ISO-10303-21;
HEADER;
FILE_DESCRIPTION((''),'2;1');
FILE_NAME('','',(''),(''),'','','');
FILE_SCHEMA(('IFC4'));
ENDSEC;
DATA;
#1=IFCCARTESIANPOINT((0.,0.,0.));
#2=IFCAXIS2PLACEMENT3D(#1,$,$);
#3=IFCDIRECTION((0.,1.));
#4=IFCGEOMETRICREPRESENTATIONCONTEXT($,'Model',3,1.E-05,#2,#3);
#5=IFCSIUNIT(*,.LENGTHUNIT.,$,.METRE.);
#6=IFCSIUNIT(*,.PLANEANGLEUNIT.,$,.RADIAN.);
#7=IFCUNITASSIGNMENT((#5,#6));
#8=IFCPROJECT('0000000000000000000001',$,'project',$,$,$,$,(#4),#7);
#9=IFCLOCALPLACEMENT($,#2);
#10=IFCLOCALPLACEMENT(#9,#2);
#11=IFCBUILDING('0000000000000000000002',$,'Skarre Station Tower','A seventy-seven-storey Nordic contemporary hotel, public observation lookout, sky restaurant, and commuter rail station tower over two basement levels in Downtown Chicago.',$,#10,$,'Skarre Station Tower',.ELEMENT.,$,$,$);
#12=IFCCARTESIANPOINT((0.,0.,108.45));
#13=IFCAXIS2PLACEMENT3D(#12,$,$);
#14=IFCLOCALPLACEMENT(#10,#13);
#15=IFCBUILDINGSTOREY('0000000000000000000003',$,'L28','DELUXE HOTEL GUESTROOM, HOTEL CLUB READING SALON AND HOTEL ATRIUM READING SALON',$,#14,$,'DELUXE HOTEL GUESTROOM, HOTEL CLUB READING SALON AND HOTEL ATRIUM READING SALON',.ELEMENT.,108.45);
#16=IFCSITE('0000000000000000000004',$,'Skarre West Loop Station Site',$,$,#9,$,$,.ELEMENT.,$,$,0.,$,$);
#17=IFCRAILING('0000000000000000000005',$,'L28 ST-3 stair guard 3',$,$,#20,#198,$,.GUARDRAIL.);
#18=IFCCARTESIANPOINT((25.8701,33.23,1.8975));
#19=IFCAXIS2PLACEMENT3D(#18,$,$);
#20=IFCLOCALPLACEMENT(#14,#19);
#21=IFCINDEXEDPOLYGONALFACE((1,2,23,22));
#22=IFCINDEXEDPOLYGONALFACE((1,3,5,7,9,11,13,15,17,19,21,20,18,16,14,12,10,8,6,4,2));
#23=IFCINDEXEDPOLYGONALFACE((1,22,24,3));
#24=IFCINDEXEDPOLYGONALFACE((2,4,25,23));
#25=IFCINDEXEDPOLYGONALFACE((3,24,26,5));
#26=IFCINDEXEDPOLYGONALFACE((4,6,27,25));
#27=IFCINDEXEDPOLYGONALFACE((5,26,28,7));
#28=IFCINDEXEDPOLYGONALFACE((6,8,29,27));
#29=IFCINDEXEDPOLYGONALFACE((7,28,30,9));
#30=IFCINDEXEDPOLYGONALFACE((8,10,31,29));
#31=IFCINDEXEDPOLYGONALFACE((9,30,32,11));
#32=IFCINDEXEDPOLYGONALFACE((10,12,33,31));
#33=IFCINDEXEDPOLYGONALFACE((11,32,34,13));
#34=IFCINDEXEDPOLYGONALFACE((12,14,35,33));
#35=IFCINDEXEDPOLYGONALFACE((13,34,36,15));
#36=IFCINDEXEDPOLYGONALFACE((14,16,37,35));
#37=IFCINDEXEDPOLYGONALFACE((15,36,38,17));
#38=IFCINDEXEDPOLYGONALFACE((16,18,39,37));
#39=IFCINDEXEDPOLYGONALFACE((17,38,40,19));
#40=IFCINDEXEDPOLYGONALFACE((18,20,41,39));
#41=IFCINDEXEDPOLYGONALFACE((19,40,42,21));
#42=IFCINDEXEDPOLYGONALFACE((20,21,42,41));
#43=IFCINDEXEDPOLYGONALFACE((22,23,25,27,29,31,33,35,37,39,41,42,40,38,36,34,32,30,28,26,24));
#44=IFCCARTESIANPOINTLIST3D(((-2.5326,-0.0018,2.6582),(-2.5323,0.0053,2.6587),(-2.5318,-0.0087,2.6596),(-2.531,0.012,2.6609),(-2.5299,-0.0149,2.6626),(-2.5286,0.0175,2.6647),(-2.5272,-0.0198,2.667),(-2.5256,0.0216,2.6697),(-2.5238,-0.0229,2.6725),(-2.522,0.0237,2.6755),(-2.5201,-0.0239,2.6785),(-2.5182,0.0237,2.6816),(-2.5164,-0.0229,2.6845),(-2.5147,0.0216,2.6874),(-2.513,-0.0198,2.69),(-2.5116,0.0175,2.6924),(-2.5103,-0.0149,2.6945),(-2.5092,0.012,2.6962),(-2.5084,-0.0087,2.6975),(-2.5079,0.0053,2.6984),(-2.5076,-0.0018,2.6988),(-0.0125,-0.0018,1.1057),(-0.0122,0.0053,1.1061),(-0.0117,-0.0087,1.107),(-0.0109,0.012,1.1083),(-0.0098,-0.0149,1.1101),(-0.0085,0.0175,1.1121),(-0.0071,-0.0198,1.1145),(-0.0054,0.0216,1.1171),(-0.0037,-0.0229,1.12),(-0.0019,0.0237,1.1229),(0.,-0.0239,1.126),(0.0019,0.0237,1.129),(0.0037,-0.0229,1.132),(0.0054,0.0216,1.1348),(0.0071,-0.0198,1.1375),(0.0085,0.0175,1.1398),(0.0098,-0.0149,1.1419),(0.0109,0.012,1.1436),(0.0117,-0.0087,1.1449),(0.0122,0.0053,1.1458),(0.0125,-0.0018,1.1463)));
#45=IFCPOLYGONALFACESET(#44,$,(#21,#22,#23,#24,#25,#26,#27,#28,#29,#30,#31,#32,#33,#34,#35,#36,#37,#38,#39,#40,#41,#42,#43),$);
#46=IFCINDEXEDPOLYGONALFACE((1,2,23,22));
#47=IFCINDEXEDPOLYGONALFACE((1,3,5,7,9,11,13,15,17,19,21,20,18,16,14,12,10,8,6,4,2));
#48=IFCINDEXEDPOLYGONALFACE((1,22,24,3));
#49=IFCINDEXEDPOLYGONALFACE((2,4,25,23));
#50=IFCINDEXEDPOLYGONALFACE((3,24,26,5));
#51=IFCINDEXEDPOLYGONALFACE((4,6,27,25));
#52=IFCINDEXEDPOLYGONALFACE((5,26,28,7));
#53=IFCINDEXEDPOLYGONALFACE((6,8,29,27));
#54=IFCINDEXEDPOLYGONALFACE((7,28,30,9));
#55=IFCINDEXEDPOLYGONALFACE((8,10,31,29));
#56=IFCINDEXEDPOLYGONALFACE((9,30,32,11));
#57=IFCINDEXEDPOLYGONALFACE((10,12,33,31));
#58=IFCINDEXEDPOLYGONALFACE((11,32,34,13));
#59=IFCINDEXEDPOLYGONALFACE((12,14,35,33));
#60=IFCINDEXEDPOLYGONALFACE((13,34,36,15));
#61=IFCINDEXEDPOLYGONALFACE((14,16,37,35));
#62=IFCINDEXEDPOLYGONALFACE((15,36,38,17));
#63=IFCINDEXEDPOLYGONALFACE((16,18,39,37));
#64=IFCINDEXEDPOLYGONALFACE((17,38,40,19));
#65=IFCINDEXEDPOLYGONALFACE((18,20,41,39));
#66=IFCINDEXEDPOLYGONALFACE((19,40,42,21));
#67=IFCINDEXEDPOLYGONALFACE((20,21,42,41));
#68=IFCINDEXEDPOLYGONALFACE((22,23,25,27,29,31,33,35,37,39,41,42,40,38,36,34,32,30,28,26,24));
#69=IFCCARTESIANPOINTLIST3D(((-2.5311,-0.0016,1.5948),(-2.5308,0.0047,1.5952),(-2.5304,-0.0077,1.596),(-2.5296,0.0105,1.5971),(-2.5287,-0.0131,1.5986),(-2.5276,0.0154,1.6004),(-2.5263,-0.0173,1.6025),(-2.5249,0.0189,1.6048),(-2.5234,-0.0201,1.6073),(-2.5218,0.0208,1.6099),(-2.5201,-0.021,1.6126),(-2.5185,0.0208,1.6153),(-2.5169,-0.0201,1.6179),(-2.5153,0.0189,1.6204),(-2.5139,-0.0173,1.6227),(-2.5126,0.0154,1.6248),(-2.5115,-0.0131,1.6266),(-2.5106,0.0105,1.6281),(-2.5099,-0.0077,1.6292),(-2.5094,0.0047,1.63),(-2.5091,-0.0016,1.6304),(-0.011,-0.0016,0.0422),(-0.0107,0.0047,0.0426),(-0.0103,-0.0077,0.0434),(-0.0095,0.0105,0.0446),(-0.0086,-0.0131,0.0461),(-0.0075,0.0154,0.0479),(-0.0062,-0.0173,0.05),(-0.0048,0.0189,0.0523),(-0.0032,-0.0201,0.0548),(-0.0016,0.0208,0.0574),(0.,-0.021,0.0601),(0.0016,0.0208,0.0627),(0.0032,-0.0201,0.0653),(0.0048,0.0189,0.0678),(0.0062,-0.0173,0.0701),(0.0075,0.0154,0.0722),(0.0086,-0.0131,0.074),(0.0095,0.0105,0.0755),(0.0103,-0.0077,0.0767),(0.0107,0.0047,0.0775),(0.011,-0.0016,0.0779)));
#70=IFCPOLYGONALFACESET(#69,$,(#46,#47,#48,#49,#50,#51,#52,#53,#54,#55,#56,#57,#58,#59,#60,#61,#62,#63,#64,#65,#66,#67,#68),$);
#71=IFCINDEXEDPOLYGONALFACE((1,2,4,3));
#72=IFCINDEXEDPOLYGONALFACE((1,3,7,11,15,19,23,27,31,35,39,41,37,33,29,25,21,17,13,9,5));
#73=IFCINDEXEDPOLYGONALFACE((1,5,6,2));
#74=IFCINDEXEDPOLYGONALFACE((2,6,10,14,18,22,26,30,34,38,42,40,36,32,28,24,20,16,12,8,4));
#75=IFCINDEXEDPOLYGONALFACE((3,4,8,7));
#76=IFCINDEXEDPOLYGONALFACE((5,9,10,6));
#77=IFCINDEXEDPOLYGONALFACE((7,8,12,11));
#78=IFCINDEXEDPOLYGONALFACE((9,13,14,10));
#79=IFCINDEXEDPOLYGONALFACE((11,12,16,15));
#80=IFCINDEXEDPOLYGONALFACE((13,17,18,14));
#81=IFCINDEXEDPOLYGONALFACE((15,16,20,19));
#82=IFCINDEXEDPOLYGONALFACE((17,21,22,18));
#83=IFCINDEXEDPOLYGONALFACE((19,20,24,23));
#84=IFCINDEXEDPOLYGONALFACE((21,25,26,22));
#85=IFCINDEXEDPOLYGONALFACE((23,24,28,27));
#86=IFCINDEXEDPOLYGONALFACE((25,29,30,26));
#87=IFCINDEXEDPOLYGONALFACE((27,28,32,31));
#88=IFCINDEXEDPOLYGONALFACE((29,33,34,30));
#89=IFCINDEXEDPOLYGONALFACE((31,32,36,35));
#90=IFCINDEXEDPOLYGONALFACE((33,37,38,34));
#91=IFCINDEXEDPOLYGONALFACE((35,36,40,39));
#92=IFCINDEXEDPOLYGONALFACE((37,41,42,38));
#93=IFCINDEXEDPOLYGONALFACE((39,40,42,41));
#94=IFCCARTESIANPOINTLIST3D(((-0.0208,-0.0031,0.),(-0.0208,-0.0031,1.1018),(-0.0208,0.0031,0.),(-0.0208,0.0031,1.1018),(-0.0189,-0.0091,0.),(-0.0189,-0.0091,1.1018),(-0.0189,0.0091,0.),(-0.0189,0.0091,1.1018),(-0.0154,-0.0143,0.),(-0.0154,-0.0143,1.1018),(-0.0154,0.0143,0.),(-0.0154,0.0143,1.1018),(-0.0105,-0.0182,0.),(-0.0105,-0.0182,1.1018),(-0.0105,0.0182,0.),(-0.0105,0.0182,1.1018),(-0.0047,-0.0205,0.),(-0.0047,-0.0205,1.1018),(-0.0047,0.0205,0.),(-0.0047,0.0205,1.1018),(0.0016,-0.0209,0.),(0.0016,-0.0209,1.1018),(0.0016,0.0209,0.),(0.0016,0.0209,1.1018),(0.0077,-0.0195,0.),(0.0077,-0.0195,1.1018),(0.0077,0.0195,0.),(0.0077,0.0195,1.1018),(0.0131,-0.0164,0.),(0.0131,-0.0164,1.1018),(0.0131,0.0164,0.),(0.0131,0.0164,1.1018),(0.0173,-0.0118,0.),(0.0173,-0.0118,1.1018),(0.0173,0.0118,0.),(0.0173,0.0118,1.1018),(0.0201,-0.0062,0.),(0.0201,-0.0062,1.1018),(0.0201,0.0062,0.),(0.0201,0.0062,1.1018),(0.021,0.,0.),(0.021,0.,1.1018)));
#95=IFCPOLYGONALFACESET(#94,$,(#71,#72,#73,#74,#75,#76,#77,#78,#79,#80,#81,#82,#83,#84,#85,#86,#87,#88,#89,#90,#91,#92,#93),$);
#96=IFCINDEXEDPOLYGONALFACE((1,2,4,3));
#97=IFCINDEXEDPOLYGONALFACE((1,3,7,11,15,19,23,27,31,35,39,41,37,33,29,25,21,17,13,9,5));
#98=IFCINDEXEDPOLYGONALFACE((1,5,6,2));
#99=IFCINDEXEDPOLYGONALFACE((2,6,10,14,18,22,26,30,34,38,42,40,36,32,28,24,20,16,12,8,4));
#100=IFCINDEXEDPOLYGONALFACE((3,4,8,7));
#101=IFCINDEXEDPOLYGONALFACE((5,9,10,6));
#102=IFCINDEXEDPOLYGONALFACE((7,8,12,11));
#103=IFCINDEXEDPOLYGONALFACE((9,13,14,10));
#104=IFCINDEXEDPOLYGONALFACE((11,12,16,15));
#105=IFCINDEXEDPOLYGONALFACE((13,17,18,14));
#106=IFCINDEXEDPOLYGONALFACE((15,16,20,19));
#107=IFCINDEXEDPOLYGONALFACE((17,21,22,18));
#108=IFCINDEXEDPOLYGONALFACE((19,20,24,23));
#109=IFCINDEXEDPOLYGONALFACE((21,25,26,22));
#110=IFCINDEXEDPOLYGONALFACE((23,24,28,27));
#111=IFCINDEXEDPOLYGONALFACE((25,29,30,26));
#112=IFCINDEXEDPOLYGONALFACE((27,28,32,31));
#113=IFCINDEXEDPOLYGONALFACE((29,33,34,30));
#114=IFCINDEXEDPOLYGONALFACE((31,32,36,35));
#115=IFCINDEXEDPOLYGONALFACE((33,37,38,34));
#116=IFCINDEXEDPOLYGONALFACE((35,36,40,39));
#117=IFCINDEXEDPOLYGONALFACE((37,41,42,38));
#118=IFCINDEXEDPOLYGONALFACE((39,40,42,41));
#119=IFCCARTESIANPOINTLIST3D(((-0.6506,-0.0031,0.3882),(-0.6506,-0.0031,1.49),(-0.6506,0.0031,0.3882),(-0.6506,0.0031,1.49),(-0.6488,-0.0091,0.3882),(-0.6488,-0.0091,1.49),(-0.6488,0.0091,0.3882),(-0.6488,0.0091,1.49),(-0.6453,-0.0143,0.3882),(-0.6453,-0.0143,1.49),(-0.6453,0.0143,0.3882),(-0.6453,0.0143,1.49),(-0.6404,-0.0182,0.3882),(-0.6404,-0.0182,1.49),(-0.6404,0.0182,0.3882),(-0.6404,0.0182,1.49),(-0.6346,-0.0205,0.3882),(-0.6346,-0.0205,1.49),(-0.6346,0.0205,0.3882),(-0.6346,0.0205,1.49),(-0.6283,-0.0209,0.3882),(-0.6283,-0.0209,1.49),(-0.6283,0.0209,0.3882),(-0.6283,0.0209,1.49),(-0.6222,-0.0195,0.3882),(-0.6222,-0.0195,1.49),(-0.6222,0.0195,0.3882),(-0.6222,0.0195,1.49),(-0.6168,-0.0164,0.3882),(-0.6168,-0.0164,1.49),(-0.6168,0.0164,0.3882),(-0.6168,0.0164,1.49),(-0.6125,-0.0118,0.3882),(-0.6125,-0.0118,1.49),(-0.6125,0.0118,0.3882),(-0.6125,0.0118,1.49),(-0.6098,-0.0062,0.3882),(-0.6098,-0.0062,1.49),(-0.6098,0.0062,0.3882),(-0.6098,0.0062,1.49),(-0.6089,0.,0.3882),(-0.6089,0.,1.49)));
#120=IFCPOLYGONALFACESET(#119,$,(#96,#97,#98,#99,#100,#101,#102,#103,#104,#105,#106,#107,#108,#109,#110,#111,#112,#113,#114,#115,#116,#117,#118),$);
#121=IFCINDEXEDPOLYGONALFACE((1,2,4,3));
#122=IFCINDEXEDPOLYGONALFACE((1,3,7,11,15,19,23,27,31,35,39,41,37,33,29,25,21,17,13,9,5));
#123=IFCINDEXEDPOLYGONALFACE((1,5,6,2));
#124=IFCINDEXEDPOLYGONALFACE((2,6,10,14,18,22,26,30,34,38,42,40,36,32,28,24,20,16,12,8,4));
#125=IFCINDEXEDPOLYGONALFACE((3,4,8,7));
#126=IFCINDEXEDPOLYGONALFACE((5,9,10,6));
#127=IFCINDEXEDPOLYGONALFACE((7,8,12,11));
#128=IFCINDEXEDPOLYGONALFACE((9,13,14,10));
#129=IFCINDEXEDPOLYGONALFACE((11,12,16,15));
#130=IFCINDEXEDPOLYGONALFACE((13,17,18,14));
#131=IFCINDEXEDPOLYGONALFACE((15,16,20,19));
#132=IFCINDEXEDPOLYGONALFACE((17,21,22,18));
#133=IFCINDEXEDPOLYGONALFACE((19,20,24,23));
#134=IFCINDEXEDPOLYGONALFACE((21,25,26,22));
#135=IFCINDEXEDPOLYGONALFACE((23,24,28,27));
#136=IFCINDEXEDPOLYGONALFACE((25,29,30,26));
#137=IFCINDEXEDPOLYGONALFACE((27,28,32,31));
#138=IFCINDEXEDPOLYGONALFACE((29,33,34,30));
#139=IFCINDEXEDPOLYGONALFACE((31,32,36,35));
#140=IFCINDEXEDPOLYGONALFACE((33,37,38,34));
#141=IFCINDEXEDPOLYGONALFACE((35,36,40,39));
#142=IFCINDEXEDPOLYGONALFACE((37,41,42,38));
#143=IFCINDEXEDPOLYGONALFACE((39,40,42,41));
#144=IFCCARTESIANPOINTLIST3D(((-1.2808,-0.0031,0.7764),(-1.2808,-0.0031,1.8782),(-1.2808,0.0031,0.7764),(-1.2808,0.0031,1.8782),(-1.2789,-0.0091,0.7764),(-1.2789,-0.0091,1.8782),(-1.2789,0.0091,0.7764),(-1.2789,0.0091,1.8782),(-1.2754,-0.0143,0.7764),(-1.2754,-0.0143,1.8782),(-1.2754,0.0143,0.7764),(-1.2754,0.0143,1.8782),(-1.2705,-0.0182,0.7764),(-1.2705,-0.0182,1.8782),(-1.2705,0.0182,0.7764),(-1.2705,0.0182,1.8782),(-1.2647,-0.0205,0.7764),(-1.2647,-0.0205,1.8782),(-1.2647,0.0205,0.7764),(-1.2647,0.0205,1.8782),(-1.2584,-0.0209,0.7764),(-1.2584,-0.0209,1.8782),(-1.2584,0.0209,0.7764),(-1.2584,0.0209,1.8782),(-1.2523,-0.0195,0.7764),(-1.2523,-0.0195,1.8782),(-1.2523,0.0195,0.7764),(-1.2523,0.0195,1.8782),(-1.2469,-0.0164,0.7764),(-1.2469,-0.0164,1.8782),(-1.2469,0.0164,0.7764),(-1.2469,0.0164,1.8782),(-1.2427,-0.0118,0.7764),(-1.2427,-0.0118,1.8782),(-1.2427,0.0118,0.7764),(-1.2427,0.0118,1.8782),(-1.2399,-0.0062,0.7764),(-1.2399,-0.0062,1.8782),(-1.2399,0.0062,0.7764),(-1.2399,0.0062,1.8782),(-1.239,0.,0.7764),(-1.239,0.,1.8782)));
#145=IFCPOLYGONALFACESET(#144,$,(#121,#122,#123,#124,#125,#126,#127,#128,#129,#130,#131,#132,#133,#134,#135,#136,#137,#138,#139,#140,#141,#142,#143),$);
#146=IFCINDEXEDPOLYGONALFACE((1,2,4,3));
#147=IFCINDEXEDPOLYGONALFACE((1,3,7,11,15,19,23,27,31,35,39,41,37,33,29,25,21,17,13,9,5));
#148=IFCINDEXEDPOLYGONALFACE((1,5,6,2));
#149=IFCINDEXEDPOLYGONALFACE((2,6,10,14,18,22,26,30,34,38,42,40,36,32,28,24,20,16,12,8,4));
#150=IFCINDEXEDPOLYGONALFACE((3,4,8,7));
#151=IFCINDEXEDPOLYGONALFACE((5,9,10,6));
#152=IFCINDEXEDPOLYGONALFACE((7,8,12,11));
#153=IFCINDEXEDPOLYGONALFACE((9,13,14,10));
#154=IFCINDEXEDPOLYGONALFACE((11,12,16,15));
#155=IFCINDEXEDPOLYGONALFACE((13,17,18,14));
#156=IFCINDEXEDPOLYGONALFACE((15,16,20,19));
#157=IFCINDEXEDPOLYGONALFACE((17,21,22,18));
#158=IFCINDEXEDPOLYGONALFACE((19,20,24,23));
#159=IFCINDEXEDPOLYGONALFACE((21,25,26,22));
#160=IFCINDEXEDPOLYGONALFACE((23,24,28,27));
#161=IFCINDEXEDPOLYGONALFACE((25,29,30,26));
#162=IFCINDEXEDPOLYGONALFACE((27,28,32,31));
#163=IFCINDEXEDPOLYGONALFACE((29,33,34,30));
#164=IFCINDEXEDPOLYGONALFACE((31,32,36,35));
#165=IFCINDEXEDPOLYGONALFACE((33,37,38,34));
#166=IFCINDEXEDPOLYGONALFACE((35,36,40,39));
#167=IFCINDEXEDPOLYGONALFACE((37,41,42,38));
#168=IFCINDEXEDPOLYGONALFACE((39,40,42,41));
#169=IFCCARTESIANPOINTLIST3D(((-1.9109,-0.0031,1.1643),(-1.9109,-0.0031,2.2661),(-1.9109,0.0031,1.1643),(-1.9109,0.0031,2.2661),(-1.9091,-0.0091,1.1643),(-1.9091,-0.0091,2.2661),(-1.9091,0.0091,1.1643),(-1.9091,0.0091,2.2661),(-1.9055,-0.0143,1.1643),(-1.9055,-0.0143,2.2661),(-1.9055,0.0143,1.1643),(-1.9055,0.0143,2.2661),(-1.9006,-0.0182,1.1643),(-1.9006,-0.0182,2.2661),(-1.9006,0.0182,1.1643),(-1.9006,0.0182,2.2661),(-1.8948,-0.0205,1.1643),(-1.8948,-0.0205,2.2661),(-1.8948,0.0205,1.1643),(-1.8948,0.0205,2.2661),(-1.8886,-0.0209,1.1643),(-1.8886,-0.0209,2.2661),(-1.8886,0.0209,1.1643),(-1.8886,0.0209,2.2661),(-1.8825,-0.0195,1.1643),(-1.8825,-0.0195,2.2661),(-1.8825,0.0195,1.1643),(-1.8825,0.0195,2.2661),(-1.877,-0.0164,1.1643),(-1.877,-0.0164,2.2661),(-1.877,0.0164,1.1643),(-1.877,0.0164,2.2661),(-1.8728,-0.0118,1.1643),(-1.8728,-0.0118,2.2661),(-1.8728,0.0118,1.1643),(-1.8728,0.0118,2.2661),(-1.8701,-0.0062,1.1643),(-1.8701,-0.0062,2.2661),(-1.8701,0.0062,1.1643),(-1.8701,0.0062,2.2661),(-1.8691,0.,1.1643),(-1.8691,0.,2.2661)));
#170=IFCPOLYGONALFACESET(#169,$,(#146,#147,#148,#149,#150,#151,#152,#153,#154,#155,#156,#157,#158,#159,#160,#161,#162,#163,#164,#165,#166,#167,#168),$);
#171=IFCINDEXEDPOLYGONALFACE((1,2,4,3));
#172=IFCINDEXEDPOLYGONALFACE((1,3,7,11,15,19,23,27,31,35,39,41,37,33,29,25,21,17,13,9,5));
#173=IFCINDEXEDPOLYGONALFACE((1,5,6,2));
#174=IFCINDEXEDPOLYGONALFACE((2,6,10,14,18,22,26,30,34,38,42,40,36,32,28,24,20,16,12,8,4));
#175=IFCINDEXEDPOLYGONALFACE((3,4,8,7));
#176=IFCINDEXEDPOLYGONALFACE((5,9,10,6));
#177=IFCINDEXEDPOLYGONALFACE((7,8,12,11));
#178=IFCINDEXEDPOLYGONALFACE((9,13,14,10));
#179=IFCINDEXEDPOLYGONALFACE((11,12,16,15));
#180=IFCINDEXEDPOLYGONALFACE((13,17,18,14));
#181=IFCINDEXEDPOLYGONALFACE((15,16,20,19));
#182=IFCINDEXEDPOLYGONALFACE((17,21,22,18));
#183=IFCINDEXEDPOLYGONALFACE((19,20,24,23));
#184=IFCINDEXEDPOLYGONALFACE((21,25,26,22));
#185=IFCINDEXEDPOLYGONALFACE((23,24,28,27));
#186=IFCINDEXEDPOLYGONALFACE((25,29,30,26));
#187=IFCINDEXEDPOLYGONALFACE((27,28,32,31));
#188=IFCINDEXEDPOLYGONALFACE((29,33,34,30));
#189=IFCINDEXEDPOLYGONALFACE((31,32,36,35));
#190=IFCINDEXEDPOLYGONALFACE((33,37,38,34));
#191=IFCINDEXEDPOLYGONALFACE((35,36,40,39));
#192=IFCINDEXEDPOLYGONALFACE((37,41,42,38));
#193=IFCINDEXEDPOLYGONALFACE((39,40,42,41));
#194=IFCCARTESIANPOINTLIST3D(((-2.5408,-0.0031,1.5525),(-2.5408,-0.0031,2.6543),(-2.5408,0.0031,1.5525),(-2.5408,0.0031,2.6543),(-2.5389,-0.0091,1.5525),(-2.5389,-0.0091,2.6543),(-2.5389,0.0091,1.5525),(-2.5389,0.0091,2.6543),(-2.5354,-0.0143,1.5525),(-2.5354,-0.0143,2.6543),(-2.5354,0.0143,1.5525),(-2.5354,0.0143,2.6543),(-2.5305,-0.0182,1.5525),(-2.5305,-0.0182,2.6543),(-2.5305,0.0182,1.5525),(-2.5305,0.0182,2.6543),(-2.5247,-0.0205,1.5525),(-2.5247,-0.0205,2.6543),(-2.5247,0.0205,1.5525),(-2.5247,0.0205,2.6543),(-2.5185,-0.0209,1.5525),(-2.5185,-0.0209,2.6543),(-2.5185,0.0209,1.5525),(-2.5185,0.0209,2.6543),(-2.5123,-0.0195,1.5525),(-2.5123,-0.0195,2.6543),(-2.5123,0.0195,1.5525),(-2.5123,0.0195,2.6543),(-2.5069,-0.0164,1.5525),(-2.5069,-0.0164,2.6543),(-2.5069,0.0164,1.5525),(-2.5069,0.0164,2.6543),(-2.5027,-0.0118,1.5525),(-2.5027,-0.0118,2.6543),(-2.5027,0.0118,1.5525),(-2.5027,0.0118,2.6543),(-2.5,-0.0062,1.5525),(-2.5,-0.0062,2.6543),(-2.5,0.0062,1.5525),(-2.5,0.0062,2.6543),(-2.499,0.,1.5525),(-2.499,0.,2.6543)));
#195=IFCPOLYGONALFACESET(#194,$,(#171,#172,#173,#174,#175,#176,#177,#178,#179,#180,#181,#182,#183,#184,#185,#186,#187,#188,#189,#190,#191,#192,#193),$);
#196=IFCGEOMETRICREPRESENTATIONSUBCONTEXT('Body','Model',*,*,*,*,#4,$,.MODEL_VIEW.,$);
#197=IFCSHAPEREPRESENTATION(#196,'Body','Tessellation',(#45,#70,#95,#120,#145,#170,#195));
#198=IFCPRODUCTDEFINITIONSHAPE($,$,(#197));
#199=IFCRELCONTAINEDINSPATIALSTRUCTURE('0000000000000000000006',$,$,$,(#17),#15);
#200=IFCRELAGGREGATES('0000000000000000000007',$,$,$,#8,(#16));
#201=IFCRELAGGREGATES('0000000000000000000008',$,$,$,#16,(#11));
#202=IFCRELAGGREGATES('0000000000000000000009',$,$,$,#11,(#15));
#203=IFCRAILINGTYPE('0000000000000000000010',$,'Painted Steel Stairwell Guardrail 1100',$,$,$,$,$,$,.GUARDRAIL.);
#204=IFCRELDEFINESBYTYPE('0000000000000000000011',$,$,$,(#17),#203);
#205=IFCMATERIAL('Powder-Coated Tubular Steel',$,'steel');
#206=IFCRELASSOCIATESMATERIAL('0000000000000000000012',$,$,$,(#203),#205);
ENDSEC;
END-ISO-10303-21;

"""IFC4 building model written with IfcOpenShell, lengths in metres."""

from ifc_helpers import new_model, si_unit, direction, frame, origin, origin_2d, place, context, subcontext, project, spatial, circle, extrude, material, type_object, element, save


model = new_model("IFC4")

# Units and contexts
model_context = context("Model", 3, precision=1e-05, world=origin(), true_north=direction((0.0, 1.0)))
body_context = subcontext(model_context, "Body", "Model", "MODEL_VIEW")
ifc_project = project(units=[si_unit("LENGTHUNIT", "METRE"), si_unit("PLANEANGLEUNIT", "RADIAN")], contexts=[model_context])

# Site, building, storey
site_placement = place(None, origin())
site = spatial("IfcSite", under=ifc_project, at=site_placement, Name="Skarre West Loop Station Site", CompositionType="ELEMENT", RefElevation=0.0)
building_placement = place(site_placement, origin())
building = spatial("IfcBuilding", under=site, at=building_placement, Name="Skarre Station Tower", Description="A seventy-seven-storey Nordic contemporary hotel, public observation lookout, sky restaurant, and commuter rail station tower over two basement levels in Downtown Chicago.", LongName="Skarre Station Tower", CompositionType="ELEMENT")
storey_placement = place(building_placement, frame((0.0, 0.0, 108.45)))
storey = spatial("IfcBuildingStorey", under=building, at=storey_placement, Name="L28", Description="DELUXE HOTEL GUESTROOM, HOTEL CLUB READING SALON AND HOTEL ATRIUM READING SALON", LongName="DELUXE HOTEL GUESTROOM, HOTEL CLUB READING SALON AND HOTEL ATRIUM READING SALON", CompositionType="ELEMENT", Elevation=108.45)

# Railing
ifc_material_1 = material(Name="Powder-Coated Tubular Steel", Category="steel")
railing_type_1 = type_object("IfcRailingType", Name="Painted Steel Stairwell Guardrail 1100", PredefinedType="GUARDRAIL", material=ifc_material_1)
railing_1_placement = place(storey_placement, frame((25.8701, 33.23, 1.8975)))
element("IfcRailing", 1, at=railing_1_placement, inside=storey, type_object=railing_type_1, Name="L28 ST-3 stair guard 3", PredefinedType="GUARDRAIL", context=body_context, shape_type="SweptSolid", body=[
    extrude(circle(Radius=0.0239, at=origin_2d()), frame((0.0, 0.0, 1.126), z_axis=(-0.8514, 0.0, 0.524516), x_axis=(0.0, -1.0, 0.0)), (0.0, 0.0, 1.0), 2.96),
    extrude(circle(Radius=0.021, at=origin_2d()), frame((0.0, 0.0, 0.0601), z_axis=(-0.8514, 0.0, 0.524516), x_axis=(0.0, -1.0, 0.0)), (0.0, 0.0, 1.0), 2.96),
    extrude(circle(Radius=0.021, at=origin_2d()), origin(), (0.0, 0.0, 1.0), 1.1018),
    extrude(circle(Radius=0.021, at=origin_2d()), frame((-0.6299, 0.0, 0.3882)), (0.0, 0.0, 1.0), 1.1018),
    extrude(circle(Radius=0.021, at=origin_2d()), frame((-1.26, 0.0, 0.7764)), (0.0, 0.0, 1.0), 1.1018),
    extrude(circle(Radius=0.021, at=origin_2d()), frame((-1.8901, 0.0, 1.1643)), (0.0, 0.0, 1.0), 1.1018),
    extrude(circle(Radius=0.021, at=origin_2d()), frame((-2.52, 0.0, 1.5525)), (0.0, 0.0, 1.0), 1.1018),
])

save(model, "model.ifc")
